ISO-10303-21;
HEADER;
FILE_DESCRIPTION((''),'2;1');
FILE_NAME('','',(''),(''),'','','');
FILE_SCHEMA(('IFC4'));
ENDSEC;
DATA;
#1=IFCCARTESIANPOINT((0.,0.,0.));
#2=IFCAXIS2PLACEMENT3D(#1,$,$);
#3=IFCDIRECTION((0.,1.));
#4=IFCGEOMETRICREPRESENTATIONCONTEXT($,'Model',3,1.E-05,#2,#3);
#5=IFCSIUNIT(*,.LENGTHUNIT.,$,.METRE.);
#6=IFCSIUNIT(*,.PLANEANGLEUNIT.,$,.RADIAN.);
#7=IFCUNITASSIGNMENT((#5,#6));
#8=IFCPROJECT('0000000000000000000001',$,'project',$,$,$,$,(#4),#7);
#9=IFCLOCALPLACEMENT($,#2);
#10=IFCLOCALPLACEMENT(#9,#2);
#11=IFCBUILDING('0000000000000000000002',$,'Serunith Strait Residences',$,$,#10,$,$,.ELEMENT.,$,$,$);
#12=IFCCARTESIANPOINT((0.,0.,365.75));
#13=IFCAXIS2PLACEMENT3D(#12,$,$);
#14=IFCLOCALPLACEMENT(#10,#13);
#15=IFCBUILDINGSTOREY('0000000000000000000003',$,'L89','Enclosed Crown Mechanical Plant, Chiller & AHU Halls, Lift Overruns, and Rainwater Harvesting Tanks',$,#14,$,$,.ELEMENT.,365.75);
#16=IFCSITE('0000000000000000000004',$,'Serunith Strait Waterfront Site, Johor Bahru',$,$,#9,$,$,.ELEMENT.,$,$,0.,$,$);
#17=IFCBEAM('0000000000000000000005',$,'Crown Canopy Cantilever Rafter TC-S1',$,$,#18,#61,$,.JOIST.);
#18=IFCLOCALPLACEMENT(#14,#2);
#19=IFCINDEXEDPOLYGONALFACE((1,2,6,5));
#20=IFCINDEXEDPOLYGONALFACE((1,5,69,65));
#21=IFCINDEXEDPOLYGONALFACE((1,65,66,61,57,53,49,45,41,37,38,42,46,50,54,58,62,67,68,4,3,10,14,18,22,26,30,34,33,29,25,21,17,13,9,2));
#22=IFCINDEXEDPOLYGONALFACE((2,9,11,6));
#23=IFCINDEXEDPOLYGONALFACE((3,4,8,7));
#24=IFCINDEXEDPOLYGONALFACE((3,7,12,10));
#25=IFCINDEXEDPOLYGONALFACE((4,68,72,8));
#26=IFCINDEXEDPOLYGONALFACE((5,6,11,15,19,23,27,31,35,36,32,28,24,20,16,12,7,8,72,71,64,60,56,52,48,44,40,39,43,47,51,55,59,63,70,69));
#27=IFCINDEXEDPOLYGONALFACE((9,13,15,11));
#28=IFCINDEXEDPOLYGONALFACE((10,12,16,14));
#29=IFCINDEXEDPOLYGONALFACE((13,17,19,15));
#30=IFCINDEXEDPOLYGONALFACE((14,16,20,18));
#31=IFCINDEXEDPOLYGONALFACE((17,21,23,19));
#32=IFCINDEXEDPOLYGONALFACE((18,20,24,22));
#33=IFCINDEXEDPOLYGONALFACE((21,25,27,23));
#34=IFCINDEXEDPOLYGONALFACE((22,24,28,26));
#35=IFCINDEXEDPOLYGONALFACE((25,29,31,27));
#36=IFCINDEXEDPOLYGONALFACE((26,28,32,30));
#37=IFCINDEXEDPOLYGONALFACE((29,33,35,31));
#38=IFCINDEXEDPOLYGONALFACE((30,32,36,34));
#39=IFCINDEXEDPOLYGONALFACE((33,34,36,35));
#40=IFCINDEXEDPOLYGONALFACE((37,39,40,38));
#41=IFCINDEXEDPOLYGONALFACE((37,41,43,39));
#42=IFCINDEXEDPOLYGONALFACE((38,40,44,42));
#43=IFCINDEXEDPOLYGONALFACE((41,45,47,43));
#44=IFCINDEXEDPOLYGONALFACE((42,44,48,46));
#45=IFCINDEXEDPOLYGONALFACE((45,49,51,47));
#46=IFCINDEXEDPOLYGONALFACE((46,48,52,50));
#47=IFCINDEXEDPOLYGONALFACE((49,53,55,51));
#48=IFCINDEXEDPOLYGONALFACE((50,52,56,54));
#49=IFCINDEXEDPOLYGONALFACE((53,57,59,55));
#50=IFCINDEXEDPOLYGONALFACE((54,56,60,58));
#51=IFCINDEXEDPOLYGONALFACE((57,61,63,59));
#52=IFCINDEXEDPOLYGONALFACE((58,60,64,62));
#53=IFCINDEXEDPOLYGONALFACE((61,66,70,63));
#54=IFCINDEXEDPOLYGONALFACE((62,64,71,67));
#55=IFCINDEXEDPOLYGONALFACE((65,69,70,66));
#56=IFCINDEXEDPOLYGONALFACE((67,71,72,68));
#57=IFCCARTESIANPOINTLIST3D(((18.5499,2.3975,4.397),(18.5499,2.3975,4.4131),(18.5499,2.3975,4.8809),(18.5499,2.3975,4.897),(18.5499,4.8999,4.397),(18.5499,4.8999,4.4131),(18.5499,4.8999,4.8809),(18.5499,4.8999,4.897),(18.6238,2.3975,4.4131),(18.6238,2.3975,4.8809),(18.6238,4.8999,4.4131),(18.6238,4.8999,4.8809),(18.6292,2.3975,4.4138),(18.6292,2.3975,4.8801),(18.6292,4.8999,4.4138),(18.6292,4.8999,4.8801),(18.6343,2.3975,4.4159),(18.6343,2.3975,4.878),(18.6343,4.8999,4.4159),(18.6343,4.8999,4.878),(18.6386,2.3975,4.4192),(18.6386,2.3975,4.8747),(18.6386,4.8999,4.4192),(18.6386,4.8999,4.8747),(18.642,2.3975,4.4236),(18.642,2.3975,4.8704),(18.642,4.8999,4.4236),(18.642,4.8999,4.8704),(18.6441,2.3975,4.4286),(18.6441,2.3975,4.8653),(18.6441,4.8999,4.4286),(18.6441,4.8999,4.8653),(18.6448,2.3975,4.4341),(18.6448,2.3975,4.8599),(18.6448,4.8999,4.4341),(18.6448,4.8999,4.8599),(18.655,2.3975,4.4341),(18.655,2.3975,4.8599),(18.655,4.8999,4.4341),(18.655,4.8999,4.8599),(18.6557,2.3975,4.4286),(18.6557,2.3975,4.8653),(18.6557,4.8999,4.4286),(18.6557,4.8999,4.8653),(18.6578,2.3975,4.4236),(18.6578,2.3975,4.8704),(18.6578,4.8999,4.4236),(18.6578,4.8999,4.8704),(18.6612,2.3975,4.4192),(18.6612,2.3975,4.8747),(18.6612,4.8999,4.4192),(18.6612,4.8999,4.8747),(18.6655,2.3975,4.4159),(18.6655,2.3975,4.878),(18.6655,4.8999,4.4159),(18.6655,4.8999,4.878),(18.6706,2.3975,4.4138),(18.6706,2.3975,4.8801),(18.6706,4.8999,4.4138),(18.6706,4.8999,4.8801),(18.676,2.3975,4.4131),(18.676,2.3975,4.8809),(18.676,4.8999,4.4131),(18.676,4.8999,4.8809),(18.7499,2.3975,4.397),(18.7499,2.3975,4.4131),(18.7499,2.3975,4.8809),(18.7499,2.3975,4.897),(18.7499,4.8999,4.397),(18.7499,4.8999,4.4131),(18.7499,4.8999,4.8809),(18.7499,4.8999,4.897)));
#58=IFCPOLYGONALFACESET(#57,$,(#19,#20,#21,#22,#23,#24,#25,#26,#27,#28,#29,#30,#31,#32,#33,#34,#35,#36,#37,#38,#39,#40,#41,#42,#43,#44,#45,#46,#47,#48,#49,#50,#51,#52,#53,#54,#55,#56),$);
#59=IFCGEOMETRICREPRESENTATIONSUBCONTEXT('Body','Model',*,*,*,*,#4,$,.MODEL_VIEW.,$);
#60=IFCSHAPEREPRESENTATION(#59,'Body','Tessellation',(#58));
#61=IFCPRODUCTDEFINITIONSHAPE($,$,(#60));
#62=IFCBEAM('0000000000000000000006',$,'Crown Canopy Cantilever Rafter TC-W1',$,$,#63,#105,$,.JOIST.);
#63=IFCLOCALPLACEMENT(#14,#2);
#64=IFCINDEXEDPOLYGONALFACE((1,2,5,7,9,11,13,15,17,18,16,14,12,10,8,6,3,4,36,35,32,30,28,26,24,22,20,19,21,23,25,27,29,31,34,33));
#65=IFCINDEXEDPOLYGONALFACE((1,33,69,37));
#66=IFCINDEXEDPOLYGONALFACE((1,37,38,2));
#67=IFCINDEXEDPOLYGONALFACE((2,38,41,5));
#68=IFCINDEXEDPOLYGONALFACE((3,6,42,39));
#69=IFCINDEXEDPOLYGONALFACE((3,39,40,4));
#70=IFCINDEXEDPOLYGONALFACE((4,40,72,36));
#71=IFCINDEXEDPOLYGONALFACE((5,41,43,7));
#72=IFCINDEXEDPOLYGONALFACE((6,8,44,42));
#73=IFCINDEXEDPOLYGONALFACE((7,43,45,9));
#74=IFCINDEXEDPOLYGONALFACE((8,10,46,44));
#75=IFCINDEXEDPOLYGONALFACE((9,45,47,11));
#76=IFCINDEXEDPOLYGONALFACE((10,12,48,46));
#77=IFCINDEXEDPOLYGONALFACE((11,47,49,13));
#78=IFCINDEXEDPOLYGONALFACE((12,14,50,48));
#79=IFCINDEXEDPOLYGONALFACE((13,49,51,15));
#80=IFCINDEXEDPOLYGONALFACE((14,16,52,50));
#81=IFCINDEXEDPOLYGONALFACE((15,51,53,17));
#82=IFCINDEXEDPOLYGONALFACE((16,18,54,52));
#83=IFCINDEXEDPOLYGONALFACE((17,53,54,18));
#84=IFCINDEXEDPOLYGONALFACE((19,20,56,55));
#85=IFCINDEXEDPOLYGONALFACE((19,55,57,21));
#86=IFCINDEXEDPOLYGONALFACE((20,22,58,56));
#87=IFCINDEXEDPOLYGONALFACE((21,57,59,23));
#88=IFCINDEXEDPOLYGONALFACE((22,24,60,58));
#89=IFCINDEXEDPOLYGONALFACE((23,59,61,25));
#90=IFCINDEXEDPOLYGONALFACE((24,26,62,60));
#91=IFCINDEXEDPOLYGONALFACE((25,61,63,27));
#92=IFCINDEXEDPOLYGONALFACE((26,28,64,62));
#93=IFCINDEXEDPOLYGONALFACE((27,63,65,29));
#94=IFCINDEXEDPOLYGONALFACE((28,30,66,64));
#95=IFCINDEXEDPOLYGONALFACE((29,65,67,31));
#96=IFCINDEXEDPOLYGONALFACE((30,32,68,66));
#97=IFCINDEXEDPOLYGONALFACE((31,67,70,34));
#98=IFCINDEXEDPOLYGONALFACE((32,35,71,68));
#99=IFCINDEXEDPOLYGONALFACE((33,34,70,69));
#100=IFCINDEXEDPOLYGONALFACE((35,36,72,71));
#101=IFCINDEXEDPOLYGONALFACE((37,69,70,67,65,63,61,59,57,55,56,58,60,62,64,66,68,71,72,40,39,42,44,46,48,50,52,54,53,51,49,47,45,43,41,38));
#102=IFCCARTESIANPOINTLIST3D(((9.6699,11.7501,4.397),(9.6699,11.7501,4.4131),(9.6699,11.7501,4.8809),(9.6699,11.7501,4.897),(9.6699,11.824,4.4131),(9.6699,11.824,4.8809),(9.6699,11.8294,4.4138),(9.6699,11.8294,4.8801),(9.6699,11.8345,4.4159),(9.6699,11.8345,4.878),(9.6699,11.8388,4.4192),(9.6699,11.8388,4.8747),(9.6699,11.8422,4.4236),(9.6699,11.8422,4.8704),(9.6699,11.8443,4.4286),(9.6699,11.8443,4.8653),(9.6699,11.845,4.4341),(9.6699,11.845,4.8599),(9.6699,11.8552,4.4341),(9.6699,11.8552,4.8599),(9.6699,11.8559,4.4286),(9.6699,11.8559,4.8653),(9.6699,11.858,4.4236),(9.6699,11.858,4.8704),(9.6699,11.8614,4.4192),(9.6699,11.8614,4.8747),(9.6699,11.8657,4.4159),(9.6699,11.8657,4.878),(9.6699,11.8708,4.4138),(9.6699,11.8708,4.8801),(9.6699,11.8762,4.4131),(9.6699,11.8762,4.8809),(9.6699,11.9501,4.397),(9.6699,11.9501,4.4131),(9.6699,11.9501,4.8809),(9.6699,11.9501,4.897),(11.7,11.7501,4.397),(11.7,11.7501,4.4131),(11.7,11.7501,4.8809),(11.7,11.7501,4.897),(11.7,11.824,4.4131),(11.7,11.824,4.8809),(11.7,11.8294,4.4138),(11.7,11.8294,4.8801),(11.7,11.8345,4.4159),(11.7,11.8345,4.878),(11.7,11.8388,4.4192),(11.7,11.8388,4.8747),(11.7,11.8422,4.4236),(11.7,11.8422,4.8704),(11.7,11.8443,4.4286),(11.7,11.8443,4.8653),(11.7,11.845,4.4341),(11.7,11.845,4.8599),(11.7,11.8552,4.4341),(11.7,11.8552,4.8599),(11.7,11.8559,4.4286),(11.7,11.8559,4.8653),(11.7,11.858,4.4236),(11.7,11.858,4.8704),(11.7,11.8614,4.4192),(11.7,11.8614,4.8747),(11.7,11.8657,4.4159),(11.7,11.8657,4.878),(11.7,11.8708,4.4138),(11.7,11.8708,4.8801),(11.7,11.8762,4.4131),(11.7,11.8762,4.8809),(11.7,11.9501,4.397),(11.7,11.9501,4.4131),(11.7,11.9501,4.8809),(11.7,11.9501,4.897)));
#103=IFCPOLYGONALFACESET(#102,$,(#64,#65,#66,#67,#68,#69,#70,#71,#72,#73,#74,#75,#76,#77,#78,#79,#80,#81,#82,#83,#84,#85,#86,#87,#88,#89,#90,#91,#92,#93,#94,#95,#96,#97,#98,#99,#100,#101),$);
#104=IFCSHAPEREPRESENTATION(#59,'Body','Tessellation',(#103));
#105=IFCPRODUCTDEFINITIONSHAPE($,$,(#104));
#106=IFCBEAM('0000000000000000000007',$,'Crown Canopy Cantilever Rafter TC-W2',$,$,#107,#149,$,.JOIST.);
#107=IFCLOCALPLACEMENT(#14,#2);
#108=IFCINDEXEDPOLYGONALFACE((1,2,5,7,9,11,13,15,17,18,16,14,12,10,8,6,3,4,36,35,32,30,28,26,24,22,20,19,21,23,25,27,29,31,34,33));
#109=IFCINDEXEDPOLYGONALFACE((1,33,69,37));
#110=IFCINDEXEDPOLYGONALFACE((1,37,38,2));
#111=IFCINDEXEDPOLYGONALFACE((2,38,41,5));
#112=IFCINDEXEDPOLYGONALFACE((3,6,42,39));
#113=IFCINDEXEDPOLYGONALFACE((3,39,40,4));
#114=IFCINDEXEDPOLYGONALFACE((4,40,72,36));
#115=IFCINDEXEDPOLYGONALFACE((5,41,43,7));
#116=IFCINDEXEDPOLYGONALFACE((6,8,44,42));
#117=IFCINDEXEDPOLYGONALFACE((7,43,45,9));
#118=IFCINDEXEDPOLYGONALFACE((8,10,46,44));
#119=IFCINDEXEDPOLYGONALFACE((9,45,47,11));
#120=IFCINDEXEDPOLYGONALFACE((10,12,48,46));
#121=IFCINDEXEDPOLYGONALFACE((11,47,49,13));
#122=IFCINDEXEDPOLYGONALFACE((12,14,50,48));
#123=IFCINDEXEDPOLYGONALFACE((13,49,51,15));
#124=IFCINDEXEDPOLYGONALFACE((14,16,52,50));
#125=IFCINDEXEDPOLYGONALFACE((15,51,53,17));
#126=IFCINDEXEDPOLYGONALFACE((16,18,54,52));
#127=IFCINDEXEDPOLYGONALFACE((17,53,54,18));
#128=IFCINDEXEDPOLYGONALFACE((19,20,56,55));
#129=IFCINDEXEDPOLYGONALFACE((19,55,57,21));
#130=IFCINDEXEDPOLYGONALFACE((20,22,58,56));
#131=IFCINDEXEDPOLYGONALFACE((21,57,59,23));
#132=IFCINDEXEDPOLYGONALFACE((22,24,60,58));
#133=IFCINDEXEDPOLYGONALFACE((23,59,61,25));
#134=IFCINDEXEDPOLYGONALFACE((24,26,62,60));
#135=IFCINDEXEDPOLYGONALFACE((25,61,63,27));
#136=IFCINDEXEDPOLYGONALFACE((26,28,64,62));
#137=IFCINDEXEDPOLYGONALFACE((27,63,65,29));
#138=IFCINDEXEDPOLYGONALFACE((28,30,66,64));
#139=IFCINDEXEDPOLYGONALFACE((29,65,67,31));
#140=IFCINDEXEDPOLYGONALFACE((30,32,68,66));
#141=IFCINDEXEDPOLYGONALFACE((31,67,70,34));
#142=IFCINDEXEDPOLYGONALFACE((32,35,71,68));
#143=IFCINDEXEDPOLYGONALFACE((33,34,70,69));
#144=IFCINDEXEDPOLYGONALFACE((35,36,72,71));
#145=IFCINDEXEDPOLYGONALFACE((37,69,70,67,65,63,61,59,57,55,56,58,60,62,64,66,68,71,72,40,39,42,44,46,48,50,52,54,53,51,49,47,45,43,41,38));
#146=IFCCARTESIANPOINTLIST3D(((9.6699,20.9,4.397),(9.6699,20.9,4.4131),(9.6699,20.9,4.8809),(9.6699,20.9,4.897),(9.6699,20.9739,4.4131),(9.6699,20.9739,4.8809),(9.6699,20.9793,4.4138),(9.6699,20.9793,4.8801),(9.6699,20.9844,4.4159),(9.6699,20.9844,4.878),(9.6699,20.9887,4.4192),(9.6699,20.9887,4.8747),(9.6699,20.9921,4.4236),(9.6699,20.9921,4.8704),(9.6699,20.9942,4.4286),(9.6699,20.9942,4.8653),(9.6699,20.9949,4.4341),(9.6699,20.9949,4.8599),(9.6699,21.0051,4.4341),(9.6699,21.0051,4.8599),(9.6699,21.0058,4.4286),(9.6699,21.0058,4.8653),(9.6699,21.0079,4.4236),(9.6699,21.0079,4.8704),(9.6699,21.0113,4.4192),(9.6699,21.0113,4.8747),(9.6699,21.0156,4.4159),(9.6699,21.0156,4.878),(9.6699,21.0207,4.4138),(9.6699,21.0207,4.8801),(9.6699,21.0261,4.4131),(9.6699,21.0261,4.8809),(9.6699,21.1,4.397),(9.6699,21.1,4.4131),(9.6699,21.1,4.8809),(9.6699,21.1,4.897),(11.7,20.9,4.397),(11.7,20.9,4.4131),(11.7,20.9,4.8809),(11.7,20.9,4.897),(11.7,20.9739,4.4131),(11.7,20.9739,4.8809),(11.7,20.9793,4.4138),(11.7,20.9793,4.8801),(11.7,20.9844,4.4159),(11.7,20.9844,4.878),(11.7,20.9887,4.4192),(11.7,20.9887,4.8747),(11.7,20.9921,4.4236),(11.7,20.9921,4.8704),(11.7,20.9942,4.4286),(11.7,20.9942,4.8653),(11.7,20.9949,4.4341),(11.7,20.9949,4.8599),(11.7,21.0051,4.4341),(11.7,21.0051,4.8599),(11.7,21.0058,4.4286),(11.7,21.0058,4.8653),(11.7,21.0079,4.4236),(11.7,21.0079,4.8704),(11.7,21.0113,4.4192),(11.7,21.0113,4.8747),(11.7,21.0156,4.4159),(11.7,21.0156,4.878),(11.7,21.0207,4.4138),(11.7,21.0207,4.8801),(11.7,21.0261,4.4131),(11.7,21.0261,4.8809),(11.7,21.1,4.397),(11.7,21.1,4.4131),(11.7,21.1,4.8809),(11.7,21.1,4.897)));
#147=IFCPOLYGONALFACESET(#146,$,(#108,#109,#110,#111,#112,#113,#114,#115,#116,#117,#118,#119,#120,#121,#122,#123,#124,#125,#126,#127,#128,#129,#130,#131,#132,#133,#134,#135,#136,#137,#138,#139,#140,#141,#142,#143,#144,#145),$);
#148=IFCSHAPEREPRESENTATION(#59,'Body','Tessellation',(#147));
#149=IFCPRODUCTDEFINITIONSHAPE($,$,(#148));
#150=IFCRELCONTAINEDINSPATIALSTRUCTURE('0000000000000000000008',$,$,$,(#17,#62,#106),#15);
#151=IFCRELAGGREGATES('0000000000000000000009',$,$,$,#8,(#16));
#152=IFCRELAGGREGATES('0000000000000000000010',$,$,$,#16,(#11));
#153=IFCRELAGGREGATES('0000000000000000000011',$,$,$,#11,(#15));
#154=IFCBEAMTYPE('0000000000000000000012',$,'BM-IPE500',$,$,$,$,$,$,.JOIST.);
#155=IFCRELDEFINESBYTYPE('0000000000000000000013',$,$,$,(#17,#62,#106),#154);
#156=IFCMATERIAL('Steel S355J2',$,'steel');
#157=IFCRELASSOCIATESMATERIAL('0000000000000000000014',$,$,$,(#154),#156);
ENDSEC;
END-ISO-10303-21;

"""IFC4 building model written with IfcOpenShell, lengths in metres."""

from ifc_helpers import new_model, si_unit, direction, frame, origin, origin_2d, place, context, subcontext, project, spatial, i_section, extrude, source, transform, mapped, material, material_profile, profile_set, type_object, element, save


model = new_model("IFC4")

# Units and contexts
model_context = context("Model", 3, precision=1e-05, world=origin(), true_north=direction((0.0, 1.0)))
body_context = subcontext(model_context, "Body", "Model", "MODEL_VIEW")
ifc_project = project(units=[si_unit("LENGTHUNIT", "METRE"), si_unit("PLANEANGLEUNIT", "RADIAN")], contexts=[model_context])

# Site, building, storey
site_placement = place(None, origin())
site = spatial("IfcSite", under=ifc_project, at=site_placement, Name="Serunith Strait Waterfront Site, Johor Bahru", CompositionType="ELEMENT", RefElevation=0.0)
building_placement = place(site_placement, origin())
building = spatial("IfcBuilding", under=site, at=building_placement, Name="Serunith Strait Residences", CompositionType="ELEMENT")
storey_placement = place(building_placement, frame((0.0, 0.0, 365.75)))
storey = spatial("IfcBuildingStorey", under=building, at=storey_placement, Name="L89", Description="Enclosed Crown Mechanical Plant, Chiller & AHU Halls, Lift Overruns, and Rainwater Harvesting Tanks", CompositionType="ELEMENT", Elevation=365.75)

# Beams
ifc_material_1 = material(Name="Steel S355J2", Category="steel")
ifc_material_profile_1 = material_profile(ifc_material_1, i_section(OverallWidth=0.2, OverallDepth=0.5, WebThickness=0.0103, FlangeThickness=0.0161, FilletRadius=0.021, at=origin_2d()), Name="IPE 500")
ifc_profile_set_1 = profile_set([ifc_material_profile_1], Name="Steel S355J2")
beam_type_1 = type_object("IfcBeamType", Name="BM-IPE500", PredefinedType="JOIST", material=ifc_profile_set_1)
shared_shape_1 = source(origin(), body_context, "Body", "SweptSolid", [
    extrude(i_section(OverallWidth=0.2, OverallDepth=0.5, WebThickness=0.0103, FlangeThickness=0.0161, FilletRadius=0.021, at=origin_2d()), origin(), (0.0, 0.0, 1.0), 2.5024),
])
beam_1_placement = place(storey_placement, frame((18.6499, 4.8999, 4.647), z_axis=(0.0, -1.0, 0.0), x_axis=(1.0, 0.0, 0.0)))
element("IfcBeam", 1, at=beam_1_placement, inside=storey, type_object=beam_type_1, Name="Crown Canopy Cantilever Rafter TC-S1", PredefinedType="JOIST", context=body_context, shape_type="MappedRepresentation", body=[
    mapped(shared_shape_1, transform((0.0, 0.0, 0.0), scale=1.0)),
])
shared_shape_2 = source(origin(), body_context, "Body", "SweptSolid", [
    extrude(i_section(OverallWidth=0.2, OverallDepth=0.5, WebThickness=0.0103, FlangeThickness=0.0161, FilletRadius=0.021, at=origin_2d()), origin(), (0.0, 0.0, 1.0), 2.03),
])
for number, where, z_axis, x_axis, name in (
    (2, (11.7, 11.8501, 4.647), (-1.0, 0.0, 0.0), (0.0, -1.0, 0.0), "Crown Canopy Cantilever Rafter TC-W1"),
    (3, (11.7, 21.0, 4.647), (-1.0, 0.0, 0.0), (0.0, -1.0, 0.0), "Crown Canopy Cantilever Rafter TC-W2"),
):
    element("IfcBeam", number, at=place(storey_placement, frame(where, z_axis=z_axis, x_axis=x_axis)), inside=storey, type_object=beam_type_1, Name=name, PredefinedType="JOIST", context=body_context, shape_type="MappedRepresentation", body=[
        mapped(shared_shape_2, transform((0.0, 0.0, 0.0), scale=1.0)),
    ])

save(model, "model.ifc")
